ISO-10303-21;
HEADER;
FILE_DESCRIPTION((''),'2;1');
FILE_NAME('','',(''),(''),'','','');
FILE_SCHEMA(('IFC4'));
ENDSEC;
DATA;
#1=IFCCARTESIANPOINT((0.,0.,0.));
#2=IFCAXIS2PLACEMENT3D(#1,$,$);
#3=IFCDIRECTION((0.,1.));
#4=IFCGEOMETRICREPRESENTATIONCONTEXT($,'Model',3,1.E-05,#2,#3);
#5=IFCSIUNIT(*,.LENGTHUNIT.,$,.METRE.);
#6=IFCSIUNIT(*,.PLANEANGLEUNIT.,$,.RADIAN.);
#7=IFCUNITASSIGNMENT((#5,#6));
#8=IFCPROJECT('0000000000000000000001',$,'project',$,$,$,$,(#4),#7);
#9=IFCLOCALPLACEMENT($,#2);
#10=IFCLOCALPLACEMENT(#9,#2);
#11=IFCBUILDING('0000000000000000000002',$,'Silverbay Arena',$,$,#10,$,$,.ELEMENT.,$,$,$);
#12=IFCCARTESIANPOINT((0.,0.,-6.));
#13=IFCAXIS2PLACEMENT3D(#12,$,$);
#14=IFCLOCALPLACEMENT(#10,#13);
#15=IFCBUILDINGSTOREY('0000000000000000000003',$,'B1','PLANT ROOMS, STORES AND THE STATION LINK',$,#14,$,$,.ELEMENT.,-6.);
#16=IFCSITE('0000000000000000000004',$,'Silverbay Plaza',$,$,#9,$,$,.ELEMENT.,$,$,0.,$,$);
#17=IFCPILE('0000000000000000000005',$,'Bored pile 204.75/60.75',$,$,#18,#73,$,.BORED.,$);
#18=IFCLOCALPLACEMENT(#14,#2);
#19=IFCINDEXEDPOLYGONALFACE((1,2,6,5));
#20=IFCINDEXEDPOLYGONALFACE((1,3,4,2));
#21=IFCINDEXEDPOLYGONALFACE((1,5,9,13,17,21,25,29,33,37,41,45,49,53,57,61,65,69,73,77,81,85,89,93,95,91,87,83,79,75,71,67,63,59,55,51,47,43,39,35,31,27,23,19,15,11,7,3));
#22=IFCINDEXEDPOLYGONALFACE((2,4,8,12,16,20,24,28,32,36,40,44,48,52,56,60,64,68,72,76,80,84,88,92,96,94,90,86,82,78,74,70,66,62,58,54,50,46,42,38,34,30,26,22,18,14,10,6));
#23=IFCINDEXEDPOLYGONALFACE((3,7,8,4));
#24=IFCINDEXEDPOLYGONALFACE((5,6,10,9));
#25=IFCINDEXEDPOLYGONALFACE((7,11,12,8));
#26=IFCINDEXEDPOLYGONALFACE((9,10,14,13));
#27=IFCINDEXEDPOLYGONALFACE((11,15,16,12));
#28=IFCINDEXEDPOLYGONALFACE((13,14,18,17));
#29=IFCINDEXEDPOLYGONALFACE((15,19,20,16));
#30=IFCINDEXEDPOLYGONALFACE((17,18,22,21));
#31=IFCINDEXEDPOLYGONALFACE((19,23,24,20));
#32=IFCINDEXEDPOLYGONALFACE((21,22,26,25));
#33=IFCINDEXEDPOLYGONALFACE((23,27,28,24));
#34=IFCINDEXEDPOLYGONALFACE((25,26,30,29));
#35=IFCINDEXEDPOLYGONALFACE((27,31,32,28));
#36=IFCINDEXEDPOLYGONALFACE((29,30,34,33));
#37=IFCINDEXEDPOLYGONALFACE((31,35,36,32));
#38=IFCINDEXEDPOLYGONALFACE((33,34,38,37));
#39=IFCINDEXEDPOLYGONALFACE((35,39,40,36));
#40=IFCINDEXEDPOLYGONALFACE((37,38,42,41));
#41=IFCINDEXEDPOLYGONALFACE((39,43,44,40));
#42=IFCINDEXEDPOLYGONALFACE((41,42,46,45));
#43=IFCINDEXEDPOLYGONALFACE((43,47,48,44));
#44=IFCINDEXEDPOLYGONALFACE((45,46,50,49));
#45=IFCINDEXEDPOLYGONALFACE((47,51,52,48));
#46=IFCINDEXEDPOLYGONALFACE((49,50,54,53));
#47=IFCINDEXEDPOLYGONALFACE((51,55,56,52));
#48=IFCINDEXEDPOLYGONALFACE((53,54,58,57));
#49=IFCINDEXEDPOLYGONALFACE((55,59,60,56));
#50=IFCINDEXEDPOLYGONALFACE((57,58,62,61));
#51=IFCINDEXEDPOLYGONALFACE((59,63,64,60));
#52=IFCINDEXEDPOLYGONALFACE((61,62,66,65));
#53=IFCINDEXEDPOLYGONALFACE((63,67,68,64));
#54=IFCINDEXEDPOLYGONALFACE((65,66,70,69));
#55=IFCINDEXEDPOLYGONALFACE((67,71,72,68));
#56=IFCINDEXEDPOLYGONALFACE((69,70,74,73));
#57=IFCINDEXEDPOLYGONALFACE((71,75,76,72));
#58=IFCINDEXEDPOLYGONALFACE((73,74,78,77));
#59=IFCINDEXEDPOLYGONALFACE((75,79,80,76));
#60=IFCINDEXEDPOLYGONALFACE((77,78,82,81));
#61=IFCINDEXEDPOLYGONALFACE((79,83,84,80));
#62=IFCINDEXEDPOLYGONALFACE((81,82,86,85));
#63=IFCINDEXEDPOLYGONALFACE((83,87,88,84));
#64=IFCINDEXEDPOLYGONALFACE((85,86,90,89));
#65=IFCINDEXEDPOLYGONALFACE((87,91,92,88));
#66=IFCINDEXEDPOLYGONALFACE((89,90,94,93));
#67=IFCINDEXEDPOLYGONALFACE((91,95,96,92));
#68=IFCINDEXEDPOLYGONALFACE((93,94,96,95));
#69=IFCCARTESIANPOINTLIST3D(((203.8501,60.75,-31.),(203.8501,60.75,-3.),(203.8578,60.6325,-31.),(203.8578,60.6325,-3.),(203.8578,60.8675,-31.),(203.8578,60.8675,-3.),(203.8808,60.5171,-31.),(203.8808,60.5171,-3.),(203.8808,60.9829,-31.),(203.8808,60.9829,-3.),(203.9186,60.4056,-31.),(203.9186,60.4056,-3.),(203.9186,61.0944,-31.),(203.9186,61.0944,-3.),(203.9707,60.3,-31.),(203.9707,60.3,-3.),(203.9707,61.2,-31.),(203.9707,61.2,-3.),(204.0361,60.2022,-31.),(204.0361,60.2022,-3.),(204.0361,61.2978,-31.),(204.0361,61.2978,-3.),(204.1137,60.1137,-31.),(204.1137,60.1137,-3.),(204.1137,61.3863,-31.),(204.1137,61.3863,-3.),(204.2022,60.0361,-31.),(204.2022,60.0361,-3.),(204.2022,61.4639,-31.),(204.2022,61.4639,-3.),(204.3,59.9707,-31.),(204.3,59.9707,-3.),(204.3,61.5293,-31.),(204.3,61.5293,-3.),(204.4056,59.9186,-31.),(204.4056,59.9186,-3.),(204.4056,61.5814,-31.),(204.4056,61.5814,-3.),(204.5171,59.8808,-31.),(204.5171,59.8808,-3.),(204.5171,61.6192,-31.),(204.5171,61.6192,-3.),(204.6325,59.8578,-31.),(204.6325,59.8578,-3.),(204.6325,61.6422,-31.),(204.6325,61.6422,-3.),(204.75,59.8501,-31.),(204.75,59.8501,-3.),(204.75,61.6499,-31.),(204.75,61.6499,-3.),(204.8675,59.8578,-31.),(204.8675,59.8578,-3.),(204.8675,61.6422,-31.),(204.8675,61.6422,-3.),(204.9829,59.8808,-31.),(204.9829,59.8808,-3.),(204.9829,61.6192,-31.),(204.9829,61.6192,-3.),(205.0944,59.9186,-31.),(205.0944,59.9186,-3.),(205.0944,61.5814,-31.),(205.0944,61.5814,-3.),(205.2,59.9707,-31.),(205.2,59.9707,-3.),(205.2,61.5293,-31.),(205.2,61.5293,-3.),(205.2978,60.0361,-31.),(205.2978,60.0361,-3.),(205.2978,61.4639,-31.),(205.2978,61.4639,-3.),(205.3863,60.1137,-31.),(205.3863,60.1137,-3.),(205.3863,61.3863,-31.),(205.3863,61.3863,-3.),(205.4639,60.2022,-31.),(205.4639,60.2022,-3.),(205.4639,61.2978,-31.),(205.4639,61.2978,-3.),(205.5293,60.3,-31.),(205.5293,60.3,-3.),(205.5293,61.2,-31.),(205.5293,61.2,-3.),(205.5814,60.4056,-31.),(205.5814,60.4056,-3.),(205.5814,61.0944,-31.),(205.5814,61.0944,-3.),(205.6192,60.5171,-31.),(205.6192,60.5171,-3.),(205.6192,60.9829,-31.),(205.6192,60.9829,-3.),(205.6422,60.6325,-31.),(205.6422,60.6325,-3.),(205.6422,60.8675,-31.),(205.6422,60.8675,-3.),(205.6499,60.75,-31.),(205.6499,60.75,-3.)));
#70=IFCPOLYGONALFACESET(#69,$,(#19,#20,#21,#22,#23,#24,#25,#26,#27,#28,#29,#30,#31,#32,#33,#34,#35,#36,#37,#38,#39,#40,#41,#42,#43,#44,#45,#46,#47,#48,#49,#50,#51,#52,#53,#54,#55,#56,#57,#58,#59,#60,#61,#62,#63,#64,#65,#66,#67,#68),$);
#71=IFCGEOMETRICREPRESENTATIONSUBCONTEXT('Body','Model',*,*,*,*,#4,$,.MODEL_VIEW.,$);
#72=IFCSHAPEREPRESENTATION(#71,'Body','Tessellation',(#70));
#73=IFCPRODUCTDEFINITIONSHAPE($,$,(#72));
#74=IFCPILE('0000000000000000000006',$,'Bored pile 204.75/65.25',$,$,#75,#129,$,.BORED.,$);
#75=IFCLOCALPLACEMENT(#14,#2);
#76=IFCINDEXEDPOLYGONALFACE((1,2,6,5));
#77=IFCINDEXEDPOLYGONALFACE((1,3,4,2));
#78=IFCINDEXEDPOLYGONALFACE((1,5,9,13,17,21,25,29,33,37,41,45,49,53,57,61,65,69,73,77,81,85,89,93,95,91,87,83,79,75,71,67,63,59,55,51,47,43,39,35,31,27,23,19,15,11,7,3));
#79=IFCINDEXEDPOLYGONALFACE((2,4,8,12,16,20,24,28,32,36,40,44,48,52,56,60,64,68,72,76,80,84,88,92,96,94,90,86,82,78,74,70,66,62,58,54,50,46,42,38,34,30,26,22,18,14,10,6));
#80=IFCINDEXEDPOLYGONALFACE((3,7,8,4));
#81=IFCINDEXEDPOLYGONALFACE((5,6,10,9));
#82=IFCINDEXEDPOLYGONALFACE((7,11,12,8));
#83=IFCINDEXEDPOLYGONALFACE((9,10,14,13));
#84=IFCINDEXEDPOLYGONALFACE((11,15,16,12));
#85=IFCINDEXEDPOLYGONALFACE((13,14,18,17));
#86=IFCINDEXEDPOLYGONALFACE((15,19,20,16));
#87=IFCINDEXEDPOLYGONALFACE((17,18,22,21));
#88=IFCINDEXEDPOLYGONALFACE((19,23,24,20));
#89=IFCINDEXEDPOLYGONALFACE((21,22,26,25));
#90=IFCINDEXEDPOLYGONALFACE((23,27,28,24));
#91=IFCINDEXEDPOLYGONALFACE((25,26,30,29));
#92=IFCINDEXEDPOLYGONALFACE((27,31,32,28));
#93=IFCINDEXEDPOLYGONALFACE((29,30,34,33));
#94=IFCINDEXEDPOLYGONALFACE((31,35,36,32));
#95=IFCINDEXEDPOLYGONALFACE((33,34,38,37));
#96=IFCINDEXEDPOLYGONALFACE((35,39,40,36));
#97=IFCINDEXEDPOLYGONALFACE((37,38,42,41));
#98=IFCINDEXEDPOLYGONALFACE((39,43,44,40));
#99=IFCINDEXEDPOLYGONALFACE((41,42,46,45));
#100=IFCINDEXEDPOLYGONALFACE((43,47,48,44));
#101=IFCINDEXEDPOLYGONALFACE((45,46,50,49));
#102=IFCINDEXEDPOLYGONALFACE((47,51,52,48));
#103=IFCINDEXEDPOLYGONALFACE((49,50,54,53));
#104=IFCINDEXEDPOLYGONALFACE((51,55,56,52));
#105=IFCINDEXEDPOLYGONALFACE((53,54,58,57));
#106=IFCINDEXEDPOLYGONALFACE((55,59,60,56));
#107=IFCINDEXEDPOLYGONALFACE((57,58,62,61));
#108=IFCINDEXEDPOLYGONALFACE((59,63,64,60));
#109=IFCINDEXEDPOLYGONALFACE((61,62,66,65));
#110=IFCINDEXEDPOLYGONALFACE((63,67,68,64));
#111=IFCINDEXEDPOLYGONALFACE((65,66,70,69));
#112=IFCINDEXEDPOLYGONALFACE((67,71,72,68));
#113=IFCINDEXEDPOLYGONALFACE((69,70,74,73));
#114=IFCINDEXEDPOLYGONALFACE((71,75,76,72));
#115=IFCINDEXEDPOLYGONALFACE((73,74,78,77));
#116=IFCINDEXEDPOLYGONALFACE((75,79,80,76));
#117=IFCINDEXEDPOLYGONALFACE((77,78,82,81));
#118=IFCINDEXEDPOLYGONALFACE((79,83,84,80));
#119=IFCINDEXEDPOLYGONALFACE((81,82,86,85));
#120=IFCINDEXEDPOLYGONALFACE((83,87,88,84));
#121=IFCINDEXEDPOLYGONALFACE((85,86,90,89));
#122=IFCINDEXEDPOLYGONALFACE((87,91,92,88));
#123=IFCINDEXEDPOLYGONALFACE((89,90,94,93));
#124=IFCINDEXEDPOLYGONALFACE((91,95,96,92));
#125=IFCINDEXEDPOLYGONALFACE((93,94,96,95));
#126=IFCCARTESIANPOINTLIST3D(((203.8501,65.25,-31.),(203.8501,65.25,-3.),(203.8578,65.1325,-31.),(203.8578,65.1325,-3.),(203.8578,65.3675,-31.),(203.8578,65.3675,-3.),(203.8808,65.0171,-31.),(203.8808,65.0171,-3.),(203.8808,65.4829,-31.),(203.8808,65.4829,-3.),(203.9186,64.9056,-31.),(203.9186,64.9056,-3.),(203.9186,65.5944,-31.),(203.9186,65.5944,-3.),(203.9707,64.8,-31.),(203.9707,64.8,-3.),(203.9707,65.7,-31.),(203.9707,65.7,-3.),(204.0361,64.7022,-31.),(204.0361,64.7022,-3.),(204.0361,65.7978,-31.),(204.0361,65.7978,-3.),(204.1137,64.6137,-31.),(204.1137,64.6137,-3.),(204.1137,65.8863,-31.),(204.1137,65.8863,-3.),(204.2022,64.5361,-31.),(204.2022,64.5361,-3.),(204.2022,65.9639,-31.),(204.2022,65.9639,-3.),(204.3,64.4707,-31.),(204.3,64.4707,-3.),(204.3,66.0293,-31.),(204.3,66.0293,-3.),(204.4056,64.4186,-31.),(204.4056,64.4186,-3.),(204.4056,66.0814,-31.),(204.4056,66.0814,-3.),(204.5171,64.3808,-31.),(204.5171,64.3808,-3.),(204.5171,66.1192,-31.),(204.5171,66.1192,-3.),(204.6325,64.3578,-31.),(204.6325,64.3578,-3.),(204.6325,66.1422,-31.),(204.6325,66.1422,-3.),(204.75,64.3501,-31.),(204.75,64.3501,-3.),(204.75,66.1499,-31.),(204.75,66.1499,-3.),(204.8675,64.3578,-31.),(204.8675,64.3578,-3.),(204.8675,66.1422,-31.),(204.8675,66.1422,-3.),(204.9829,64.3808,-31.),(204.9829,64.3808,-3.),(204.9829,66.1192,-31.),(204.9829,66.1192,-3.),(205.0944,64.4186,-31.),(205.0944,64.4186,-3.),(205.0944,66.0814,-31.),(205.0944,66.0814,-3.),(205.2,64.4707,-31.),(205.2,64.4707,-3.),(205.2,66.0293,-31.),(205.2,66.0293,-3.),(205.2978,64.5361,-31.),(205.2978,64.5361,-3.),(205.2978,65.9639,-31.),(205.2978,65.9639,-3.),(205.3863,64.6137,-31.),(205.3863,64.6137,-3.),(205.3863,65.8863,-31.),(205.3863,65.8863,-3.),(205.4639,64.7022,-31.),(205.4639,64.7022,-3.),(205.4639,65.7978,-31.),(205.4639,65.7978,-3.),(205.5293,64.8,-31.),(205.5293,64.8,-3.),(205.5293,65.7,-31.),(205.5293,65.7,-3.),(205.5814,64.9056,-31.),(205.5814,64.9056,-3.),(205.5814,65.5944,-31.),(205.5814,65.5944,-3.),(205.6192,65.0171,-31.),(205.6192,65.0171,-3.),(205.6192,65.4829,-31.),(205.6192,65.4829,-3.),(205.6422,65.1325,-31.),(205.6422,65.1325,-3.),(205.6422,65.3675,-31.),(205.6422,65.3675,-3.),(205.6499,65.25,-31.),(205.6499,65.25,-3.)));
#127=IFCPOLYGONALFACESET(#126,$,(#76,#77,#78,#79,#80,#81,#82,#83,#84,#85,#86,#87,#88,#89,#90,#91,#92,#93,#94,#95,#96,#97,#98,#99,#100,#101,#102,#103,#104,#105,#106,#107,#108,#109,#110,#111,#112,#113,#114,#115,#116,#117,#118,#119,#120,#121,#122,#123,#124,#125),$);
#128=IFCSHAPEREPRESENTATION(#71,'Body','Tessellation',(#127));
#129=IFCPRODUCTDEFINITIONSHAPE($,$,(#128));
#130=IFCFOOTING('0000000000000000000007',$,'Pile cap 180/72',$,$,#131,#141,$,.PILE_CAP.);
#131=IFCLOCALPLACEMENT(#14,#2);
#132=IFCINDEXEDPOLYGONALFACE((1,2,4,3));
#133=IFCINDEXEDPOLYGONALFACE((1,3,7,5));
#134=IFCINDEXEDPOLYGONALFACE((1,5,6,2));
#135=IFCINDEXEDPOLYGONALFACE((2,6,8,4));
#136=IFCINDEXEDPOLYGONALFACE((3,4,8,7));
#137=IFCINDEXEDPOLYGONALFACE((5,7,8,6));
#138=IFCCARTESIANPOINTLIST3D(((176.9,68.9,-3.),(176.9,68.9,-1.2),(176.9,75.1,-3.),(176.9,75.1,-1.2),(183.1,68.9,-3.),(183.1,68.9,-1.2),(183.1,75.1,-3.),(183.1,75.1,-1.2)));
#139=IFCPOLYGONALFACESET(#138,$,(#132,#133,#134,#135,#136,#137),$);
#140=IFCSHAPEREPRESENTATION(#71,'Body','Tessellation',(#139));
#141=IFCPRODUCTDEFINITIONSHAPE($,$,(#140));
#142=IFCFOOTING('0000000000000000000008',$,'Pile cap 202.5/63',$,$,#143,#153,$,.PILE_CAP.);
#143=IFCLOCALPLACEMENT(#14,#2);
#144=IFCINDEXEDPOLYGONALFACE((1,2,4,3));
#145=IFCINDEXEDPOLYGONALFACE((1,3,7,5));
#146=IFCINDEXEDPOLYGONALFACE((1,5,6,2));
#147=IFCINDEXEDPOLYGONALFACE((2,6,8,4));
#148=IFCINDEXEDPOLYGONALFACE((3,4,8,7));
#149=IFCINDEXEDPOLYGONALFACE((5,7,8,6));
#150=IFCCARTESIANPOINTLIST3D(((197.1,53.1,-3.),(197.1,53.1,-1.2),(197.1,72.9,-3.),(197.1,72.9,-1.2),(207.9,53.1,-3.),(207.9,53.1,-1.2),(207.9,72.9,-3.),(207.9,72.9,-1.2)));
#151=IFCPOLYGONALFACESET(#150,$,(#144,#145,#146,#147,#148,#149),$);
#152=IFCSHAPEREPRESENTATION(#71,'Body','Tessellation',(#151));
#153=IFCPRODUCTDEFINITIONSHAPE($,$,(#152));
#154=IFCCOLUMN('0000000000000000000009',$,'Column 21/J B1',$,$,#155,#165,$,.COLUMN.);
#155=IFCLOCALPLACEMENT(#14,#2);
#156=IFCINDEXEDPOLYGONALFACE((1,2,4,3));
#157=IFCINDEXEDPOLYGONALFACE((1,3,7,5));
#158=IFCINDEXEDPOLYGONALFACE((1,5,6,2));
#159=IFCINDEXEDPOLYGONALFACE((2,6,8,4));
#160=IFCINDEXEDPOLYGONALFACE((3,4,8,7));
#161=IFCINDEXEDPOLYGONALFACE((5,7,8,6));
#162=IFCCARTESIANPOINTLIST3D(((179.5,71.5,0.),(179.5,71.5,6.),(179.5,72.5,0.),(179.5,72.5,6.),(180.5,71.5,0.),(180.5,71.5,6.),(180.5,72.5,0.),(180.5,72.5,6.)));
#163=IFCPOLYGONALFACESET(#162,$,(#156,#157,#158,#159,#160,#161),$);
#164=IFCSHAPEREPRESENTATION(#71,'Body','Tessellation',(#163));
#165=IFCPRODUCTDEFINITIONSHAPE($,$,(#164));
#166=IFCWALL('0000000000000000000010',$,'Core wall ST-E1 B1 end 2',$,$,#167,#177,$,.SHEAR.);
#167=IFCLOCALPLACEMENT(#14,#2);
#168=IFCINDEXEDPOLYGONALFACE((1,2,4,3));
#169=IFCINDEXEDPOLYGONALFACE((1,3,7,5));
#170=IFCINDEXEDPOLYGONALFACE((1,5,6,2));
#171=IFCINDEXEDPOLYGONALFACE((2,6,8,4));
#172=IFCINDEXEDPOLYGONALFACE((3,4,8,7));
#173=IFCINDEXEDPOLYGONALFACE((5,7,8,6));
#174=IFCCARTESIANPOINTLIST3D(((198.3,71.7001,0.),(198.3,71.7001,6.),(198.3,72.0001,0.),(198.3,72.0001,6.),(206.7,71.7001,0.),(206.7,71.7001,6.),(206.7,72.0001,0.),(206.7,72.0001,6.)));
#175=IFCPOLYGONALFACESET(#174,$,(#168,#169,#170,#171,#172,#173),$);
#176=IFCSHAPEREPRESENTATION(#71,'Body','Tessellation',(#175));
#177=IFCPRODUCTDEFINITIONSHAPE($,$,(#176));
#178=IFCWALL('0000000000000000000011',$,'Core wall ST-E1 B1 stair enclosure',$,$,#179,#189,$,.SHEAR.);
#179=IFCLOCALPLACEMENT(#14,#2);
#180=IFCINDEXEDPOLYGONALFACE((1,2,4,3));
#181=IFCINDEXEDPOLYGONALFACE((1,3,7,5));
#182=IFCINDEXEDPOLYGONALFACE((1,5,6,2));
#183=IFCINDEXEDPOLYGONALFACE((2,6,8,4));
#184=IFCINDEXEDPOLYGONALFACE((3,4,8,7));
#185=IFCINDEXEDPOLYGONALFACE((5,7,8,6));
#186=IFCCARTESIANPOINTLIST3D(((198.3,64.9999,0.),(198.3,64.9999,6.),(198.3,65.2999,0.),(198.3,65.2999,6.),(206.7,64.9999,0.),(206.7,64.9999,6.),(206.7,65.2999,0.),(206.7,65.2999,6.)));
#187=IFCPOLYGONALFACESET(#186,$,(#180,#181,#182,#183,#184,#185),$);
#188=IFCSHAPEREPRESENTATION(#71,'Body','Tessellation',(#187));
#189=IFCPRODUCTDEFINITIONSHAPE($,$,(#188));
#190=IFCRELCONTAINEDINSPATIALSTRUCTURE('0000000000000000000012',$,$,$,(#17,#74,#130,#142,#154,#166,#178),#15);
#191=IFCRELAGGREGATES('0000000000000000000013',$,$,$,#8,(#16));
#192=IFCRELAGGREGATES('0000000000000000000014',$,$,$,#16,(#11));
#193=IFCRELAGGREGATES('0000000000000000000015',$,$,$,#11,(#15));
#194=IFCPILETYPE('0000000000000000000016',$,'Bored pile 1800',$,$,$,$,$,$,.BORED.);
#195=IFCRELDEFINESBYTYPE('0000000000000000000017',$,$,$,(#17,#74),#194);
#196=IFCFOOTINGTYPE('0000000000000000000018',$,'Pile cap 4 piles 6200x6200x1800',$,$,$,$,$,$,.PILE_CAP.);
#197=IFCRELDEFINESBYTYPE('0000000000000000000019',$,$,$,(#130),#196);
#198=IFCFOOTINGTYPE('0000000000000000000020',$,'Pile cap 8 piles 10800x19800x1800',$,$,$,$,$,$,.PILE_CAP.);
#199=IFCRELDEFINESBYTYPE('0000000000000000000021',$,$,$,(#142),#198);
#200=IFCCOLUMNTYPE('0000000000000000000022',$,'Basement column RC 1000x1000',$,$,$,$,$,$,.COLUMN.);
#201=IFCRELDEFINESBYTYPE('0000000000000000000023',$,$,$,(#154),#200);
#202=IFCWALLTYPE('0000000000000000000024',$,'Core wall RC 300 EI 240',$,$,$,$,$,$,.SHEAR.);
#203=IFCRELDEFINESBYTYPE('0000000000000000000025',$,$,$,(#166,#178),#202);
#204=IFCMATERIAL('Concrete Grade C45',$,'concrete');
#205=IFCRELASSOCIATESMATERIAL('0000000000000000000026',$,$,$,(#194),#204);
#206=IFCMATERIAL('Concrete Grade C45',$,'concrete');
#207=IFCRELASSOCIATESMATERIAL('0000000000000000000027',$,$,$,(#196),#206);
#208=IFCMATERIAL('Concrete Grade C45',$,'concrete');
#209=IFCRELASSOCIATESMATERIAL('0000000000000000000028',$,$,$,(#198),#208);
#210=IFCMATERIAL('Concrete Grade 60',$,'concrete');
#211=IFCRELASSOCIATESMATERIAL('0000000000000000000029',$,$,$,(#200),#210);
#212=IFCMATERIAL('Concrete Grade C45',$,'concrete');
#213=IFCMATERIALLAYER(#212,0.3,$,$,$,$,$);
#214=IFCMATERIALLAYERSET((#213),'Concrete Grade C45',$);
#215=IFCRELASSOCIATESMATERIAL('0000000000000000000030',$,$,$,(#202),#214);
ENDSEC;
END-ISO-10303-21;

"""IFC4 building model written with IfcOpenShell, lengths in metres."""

from ifc_helpers import new_model, si_unit, direction, frame, frame_2d, origin, origin_2d, place, context, subcontext, project, spatial, rectangle, circle, extrude, material, layer, layer_set, material_profile, profile_set, type_object, element, save


model = new_model("IFC4")

# Units and contexts
model_context = context("Model", 3, precision=1e-05, world=origin(), true_north=direction((0.0, 1.0)))
body_context = subcontext(model_context, "Body", "Model", "MODEL_VIEW")
ifc_project = project(units=[si_unit("LENGTHUNIT", "METRE"), si_unit("PLANEANGLEUNIT", "RADIAN")], contexts=[model_context])

# Site, building, storey
site_placement = place(None, origin())
site = spatial("IfcSite", under=ifc_project, at=site_placement, Name="Silverbay Plaza", CompositionType="ELEMENT", RefElevation=0.0)
building_placement = place(site_placement, origin())
building = spatial("IfcBuilding", under=site, at=building_placement, Name="Silverbay Arena", CompositionType="ELEMENT")
storey_placement = place(building_placement, frame((0.0, 0.0, -6.0)))
storey = spatial("IfcBuildingStorey", under=building, at=storey_placement, Name="B1", Description="PLANT ROOMS, STORES AND THE STATION LINK", CompositionType="ELEMENT", Elevation=-6.0)

# Piles
ifc_material_1 = material(Name="Concrete Grade C45", Category="concrete")
ifc_material_profile_1 = material_profile(ifc_material_1, circle(Radius=0.8999, at=origin_2d()), Name="Bored pile 1800")
ifc_profile_set_1 = profile_set([ifc_material_profile_1], Name="Concrete Grade C45")
pile_type_1 = type_object("IfcPileType", Name="Bored pile 1800", PredefinedType="BORED", material=ifc_profile_set_1)
for number, where, z_axis, x_axis, name in (
    (1, (204.75, 60.75, -3.0), (0.0, 0.0, -1.0), (1.0, 0.0, 0.0), "Bored pile 204.75/60.75"),
    (2, (204.75, 65.25, -3.0), (0.0, 0.0, -1.0), (1.0, 0.0, 0.0), "Bored pile 204.75/65.25"),
):
    element("IfcPile", number, at=place(storey_placement, frame(where, z_axis=z_axis, x_axis=x_axis)), inside=storey, type_object=pile_type_1, Name=name, PredefinedType="BORED", context=body_context, shape_type="SweptSolid", body=[
        extrude(circle(Radius=0.8999, at=origin_2d()), origin(), (0.0, 0.0, 1.0), 28.0),
    ])

# Footings
ifc_material_2 = material(Name="Concrete Grade C45", Category="concrete")
footing_type_1 = type_object("IfcFootingType", Name="Pile cap 4 piles 6200x6200x1800", PredefinedType="PILE_CAP", material=ifc_material_2)
footing_1_placement = place(storey_placement, frame((180.0, 72.0, -3.0), z_axis=(0.0, 0.0, 1.0), x_axis=(1.0, 0.0, 0.0)))
element("IfcFooting", 3, at=footing_1_placement, inside=storey, type_object=footing_type_1, Name="Pile cap 180/72", PredefinedType="PILE_CAP", context=body_context, shape_type="SweptSolid", body=[
    extrude(rectangle(XDim=6.2, YDim=6.2, at=origin_2d()), origin(), (0.0, 0.0, 1.0), 1.8),
])
ifc_material_3 = material(Name="Concrete Grade C45", Category="concrete")
footing_type_2 = type_object("IfcFootingType", Name="Pile cap 8 piles 10800x19800x1800", PredefinedType="PILE_CAP", material=ifc_material_3)
footing_2_placement = place(storey_placement, frame((202.5, 63.0, -3.0), z_axis=(0.0, 0.0, 1.0), x_axis=(1.0, 0.0, 0.0)))
element("IfcFooting", 4, at=footing_2_placement, inside=storey, type_object=footing_type_2, Name="Pile cap 202.5/63", PredefinedType="PILE_CAP", context=body_context, shape_type="SweptSolid", body=[
    extrude(rectangle(XDim=10.8, YDim=19.8, at=origin_2d()), origin(), (0.0, 0.0, 1.0), 1.8),
])

# Column
ifc_material_4 = material(Name="Concrete Grade 60", Category="concrete")
ifc_material_profile_2 = material_profile(ifc_material_4, rectangle(XDim=1.0, YDim=1.0, at=origin_2d()), Name="RC 1000x1000")
ifc_profile_set_2 = profile_set([ifc_material_profile_2], Name="Concrete Grade 60")
column_type = type_object("IfcColumnType", Name="Basement column RC 1000x1000", PredefinedType="COLUMN", material=ifc_profile_set_2)
column_placement = place(storey_placement, frame((180.0, 72.0, 0.0), z_axis=(0.0, 0.0, 1.0), x_axis=(1.0, 0.0, 0.0)))
element("IfcColumn", 5, at=column_placement, inside=storey, type_object=column_type, Name="Column 21/J B1", PredefinedType="COLUMN", context=body_context, shape_type="SweptSolid", body=[
    extrude(rectangle(XDim=1.0, YDim=1.0, at=origin_2d()), origin(), (0.0, 0.0, 1.0), 6.0),
])

# Walls
ifc_material_5 = material(Name="Concrete Grade C45", Category="concrete")
ifc_layer_1 = layer(ifc_material_5, 0.3)
ifc_layer_set_1 = layer_set([ifc_layer_1], Name="Concrete Grade C45")
wall_type_1 = type_object("IfcWallType", Name="Core wall RC 300 EI 240", PredefinedType="SHEAR", material=ifc_layer_set_1)
for number, where, z_axis, x_axis, name in (
    (6, (198.3, 71.8501, 0.0), (0.0, 0.0, 1.0), (1.0, 0.0, 0.0), "Core wall ST-E1 B1 end 2"),
    (7, (198.3, 65.1499, 0.0), (0.0, 0.0, 1.0), (1.0, 0.0, 0.0), "Core wall ST-E1 B1 stair enclosure"),
):
    element("IfcWall", number, at=place(storey_placement, frame(where, z_axis=z_axis, x_axis=x_axis)), inside=storey, type_object=wall_type_1, Name=name, PredefinedType="SHEAR", context=body_context, shape_type="SweptSolid", body=[
        extrude(rectangle(XDim=8.3999, YDim=0.3, at=frame_2d((4.2, 0.0))), origin(), (0.0, 0.0, 1.0), 6.0),
    ])

save(model, "model.ifc")
